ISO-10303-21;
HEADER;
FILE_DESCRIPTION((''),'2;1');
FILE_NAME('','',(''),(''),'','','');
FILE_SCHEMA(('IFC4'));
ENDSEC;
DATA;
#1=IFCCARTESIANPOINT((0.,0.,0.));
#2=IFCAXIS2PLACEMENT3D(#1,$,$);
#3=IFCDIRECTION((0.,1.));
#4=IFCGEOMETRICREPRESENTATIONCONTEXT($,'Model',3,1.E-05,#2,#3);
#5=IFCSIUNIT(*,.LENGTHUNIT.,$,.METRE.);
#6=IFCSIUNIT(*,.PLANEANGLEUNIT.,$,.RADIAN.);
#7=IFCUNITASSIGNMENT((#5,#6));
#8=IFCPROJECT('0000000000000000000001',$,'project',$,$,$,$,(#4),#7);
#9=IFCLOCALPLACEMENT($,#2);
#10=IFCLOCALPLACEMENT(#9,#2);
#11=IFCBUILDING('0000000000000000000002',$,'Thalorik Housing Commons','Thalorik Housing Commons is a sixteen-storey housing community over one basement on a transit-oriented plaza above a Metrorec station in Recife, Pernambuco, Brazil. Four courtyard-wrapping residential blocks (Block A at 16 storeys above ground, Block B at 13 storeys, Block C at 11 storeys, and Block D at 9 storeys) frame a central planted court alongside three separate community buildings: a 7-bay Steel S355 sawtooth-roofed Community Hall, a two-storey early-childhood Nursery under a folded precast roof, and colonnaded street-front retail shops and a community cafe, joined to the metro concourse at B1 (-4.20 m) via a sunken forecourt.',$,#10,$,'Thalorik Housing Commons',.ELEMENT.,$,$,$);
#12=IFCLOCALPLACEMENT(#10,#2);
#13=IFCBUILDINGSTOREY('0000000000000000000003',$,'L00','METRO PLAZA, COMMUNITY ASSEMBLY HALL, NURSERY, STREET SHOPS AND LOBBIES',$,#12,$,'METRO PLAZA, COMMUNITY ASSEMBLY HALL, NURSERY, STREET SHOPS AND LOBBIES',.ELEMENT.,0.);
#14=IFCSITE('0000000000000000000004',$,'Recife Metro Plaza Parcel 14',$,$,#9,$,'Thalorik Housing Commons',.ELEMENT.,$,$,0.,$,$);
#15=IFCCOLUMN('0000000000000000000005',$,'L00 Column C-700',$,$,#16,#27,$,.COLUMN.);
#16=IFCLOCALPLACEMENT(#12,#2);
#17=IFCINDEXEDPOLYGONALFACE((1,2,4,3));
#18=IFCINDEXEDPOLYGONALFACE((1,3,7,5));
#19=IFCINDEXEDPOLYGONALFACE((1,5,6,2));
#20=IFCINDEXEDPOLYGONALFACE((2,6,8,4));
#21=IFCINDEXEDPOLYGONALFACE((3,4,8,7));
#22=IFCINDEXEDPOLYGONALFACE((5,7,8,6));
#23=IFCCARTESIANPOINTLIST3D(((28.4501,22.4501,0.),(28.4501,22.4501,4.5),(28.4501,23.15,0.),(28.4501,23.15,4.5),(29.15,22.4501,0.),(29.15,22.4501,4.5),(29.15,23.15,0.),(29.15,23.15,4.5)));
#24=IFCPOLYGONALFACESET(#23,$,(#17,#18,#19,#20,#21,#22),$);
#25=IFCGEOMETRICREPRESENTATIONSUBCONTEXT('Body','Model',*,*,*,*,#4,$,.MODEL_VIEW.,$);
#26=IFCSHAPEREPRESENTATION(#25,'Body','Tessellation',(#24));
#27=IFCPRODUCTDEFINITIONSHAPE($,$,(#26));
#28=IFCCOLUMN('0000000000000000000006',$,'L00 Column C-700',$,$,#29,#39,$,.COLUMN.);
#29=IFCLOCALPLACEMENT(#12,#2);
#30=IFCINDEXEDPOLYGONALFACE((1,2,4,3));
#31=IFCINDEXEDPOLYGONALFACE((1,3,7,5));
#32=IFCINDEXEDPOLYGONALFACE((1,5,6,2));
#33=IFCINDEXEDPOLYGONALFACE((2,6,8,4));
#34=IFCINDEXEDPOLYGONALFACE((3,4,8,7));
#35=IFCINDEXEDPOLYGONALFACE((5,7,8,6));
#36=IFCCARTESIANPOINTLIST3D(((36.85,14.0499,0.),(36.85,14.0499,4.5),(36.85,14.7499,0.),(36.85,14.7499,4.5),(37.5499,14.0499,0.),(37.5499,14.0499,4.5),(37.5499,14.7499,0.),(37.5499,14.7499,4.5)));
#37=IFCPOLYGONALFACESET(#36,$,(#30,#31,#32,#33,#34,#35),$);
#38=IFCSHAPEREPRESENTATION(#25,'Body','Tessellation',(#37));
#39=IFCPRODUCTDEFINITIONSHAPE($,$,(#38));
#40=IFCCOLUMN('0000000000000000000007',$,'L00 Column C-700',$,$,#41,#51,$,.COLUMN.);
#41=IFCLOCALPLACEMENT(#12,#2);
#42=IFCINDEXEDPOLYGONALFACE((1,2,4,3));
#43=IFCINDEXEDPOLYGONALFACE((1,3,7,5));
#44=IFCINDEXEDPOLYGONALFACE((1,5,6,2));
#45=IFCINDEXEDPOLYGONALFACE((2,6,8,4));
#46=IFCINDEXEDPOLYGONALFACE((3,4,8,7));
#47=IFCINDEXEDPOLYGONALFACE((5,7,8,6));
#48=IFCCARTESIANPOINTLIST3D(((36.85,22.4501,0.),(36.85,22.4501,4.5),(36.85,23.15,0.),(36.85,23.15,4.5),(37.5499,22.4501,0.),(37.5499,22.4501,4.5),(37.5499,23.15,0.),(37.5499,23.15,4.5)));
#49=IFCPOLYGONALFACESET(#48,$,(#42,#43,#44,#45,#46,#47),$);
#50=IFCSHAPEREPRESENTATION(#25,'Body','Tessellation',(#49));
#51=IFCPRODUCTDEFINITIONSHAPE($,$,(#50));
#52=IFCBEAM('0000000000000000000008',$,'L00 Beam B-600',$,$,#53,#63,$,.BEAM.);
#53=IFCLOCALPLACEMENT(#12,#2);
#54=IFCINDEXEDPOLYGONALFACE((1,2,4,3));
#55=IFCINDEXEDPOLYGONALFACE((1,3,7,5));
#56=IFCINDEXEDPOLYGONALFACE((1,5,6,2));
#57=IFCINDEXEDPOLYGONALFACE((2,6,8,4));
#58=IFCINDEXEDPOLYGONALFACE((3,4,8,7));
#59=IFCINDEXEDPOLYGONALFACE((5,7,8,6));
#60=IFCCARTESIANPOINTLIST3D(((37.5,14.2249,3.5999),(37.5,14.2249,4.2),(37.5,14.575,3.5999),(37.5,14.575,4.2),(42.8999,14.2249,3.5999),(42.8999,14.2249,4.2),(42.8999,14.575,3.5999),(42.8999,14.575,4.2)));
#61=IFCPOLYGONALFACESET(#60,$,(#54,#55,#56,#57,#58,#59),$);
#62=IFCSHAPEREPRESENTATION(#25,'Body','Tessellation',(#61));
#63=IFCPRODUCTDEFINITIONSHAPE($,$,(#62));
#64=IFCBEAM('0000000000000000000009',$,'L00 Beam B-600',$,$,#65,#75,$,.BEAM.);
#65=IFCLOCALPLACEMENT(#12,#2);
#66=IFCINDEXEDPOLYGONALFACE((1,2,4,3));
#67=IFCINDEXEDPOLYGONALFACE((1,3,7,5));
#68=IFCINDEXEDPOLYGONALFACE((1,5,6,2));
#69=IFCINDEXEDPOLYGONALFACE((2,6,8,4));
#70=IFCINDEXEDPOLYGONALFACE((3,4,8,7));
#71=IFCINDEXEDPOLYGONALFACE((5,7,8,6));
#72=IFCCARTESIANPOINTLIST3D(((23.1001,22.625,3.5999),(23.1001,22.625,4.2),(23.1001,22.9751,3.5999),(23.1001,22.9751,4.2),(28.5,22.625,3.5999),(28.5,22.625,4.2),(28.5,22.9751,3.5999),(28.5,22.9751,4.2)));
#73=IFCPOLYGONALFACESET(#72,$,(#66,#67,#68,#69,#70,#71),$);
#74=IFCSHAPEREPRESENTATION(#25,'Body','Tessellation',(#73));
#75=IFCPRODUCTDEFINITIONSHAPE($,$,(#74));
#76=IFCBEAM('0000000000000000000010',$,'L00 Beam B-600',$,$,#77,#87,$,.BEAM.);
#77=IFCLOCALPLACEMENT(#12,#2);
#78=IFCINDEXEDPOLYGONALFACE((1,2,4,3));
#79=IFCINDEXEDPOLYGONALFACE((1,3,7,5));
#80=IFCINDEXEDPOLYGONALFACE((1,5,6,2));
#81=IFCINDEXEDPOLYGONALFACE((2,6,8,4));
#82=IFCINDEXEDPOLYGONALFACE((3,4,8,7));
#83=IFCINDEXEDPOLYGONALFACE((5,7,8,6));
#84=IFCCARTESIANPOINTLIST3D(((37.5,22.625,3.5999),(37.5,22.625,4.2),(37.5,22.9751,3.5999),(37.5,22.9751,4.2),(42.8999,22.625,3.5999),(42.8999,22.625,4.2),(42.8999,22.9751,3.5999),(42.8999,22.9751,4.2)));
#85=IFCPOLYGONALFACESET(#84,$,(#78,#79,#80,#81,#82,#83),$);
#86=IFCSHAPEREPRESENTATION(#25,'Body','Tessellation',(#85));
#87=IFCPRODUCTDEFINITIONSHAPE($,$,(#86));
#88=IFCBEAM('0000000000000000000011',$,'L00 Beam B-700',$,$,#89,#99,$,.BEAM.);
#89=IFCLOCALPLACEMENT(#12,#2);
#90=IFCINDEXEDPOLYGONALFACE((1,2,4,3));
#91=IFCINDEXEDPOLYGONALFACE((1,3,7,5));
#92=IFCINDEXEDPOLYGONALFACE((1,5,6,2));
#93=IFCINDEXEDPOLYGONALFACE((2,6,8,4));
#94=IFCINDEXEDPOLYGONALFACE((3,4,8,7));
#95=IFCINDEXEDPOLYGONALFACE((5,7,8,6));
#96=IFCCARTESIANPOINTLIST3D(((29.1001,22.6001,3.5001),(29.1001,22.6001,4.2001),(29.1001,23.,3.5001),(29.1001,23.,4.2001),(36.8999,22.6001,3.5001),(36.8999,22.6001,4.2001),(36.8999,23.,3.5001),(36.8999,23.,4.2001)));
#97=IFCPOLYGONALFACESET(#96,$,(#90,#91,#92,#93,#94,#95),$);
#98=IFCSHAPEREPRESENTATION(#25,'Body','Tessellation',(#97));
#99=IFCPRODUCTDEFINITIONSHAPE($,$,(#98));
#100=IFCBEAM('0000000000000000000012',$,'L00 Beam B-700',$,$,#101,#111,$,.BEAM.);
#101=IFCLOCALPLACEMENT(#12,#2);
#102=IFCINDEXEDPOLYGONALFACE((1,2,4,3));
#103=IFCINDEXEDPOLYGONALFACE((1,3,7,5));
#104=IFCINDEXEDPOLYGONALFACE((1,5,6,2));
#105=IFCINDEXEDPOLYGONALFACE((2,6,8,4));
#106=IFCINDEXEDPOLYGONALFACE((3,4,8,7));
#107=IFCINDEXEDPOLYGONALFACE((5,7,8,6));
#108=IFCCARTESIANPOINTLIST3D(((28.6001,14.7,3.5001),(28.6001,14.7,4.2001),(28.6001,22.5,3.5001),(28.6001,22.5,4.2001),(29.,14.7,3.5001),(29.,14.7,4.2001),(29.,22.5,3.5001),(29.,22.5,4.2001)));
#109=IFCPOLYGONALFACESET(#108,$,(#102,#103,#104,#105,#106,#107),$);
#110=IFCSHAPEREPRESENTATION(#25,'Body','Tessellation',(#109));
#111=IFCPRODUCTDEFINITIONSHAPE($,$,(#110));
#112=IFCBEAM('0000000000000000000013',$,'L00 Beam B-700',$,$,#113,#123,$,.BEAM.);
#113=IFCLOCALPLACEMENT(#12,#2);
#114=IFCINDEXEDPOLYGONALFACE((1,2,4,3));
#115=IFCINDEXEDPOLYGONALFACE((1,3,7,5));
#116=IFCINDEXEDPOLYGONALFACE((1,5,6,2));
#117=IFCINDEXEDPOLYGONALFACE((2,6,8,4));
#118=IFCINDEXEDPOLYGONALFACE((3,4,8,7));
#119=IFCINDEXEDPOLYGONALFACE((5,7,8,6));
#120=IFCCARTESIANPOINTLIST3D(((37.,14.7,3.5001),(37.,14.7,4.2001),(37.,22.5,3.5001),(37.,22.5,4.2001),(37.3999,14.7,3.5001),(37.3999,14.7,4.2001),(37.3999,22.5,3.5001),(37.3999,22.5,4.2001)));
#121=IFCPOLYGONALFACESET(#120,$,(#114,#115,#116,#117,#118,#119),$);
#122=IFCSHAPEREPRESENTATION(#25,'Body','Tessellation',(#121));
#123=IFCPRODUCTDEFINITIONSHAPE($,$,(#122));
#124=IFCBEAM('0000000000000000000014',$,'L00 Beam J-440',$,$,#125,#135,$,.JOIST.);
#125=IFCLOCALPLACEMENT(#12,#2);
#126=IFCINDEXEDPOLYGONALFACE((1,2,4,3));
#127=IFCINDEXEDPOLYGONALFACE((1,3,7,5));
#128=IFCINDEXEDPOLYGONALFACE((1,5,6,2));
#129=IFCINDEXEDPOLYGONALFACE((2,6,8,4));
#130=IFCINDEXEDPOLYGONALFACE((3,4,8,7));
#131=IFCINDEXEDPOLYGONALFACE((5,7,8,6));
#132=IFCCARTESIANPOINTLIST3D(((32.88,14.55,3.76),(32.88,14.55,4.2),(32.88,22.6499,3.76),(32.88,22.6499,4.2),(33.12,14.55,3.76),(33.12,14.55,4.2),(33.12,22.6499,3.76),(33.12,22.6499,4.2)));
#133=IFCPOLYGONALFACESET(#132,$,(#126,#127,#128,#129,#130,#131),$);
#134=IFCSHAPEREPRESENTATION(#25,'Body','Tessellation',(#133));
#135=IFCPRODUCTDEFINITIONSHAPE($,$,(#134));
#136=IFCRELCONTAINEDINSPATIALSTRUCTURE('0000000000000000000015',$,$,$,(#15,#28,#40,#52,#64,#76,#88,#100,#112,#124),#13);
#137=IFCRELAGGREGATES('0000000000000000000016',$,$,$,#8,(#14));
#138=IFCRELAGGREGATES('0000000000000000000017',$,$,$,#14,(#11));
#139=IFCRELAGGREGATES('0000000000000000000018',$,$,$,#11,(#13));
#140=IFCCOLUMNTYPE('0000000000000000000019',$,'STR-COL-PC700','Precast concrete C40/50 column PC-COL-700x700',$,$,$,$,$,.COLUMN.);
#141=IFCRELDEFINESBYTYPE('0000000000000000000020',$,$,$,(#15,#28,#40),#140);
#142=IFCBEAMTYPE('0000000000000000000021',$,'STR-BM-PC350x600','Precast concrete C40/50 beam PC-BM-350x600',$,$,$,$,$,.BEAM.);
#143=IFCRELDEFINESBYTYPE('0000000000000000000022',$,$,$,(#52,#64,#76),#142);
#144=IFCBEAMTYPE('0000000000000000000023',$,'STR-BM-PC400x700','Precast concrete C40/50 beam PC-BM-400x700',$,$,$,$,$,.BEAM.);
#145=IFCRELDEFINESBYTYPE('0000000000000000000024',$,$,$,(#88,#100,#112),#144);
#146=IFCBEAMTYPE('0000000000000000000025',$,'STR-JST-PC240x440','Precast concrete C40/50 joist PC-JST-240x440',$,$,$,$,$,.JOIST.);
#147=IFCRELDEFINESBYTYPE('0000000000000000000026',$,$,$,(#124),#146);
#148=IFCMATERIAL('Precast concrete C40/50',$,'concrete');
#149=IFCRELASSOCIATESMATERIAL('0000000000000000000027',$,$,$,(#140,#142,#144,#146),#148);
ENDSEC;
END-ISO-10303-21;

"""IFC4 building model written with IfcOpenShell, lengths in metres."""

from ifc_helpers import new_model, si_unit, direction, frame, origin, origin_2d, place, context, subcontext, project, spatial, rectangle, extrude, material, material_profile, profile_set, type_object, element, save


model = new_model("IFC4")

# Units and contexts
model_context = context("Model", 3, precision=1e-05, world=origin(), true_north=direction((0.0, 1.0)))
body_context = subcontext(model_context, "Body", "Model", "MODEL_VIEW")
ifc_project = project(units=[si_unit("LENGTHUNIT", "METRE"), si_unit("PLANEANGLEUNIT", "RADIAN")], contexts=[model_context])

# Site, building, storey
site_placement = place(None, origin())
site = spatial("IfcSite", under=ifc_project, at=site_placement, Name="Recife Metro Plaza Parcel 14", LongName="Thalorik Housing Commons", CompositionType="ELEMENT", RefElevation=0.0)
building_placement = place(site_placement, origin())
building = spatial("IfcBuilding", under=site, at=building_placement, Name="Thalorik Housing Commons", Description="Thalorik Housing Commons is a sixteen-storey housing community over one basement on a transit-oriented plaza above a Metrorec station in Recife, Pernambuco, Brazil. Four courtyard-wrapping residential blocks (Block A at 16 storeys above ground, Block B at 13 storeys, Block C at 11 storeys, and Block D at 9 storeys) frame a central planted court alongside three separate community buildings: a 7-bay Steel S355 sawtooth-roofed Community Hall, a two-storey early-childhood Nursery under a folded precast roof, and colonnaded street-front retail shops and a community cafe, joined to the metro concourse at B1 (-4.20 m) via a sunken forecourt.", LongName="Thalorik Housing Commons", CompositionType="ELEMENT")
storey_placement = place(building_placement, origin())
storey = spatial("IfcBuildingStorey", under=building, at=storey_placement, Name="L00", Description="METRO PLAZA, COMMUNITY ASSEMBLY HALL, NURSERY, STREET SHOPS AND LOBBIES", LongName="METRO PLAZA, COMMUNITY ASSEMBLY HALL, NURSERY, STREET SHOPS AND LOBBIES", CompositionType="ELEMENT", Elevation=0.0)

# Columns
ifc_material_1 = material(Name="Precast concrete C40/50", Category="concrete")
ifc_material_profile_1 = material_profile(ifc_material_1, rectangle(XDim=0.7, YDim=0.7, at=origin_2d()), Name="PC 700x700", Category="concrete")
ifc_profile_set_1 = profile_set([ifc_material_profile_1], Name="Precast concrete C40/50")
column_type = type_object("IfcColumnType", Name="STR-COL-PC700", Description="Precast concrete C40/50 column PC-COL-700x700", PredefinedType="COLUMN", material=ifc_profile_set_1)
for number, where, z_axis, x_axis, name in (
    (1, (28.8, 22.8, 0.0), (0.0, 0.0, 1.0), (1.0, 0.0, 0.0), "L00 Column C-700"),
    (2, (37.2, 14.3999, 0.0), (0.0, 0.0, 1.0), (1.0, 0.0, 0.0), "L00 Column C-700"),
    (3, (37.2, 22.8, 0.0), (0.0, 0.0, 1.0), (1.0, 0.0, 0.0), "L00 Column C-700"),
):
    element("IfcColumn", number, at=place(storey_placement, frame(where, z_axis=z_axis, x_axis=x_axis)), inside=storey, type_object=column_type, Name=name, PredefinedType="COLUMN", context=body_context, shape_type="SweptSolid", body=[
        extrude(rectangle(XDim=0.7, YDim=0.7, at=origin_2d()), origin(), (0.0, 0.0, 1.0), 4.5),
    ])

# Beams
ifc_material_profile_2 = material_profile(ifc_material_1, rectangle(XDim=0.3501, YDim=0.6001, at=origin_2d()), Name="PC 350x600", Category="concrete")
ifc_profile_set_2 = profile_set([ifc_material_profile_2], Name="Precast concrete C40/50")
beam_type_1 = type_object("IfcBeamType", Name="STR-BM-PC350x600", Description="Precast concrete C40/50 beam PC-BM-350x600", PredefinedType="BEAM", material=ifc_profile_set_2)
for number, where, z_axis, x_axis, name in (
    (4, (37.5, 14.3999, 3.8999), (1.0, 0.0, 0.0), (0.0, 1.0, 0.0), "L00 Beam B-600"),
    (5, (23.1001, 22.8, 3.8999), (1.0, 0.0, 0.0), (0.0, 1.0, 0.0), "L00 Beam B-600"),
    (6, (37.5, 22.8, 3.8999), (1.0, 0.0, 0.0), (0.0, 1.0, 0.0), "L00 Beam B-600"),
):
    element("IfcBeam", number, at=place(storey_placement, frame(where, z_axis=z_axis, x_axis=x_axis)), inside=storey, type_object=beam_type_1, Name=name, PredefinedType="BEAM", context=body_context, shape_type="SweptSolid", body=[
        extrude(rectangle(XDim=0.3501, YDim=0.6001, at=origin_2d()), origin(), (0.0, 0.0, 1.0), 5.3999),
    ])
ifc_material_profile_3 = material_profile(ifc_material_1, rectangle(XDim=0.3999, YDim=0.7, at=origin_2d()), Name="PC 400x700", Category="concrete")
ifc_profile_set_3 = profile_set([ifc_material_profile_3], Name="Precast concrete C40/50")
beam_type_2 = type_object("IfcBeamType", Name="STR-BM-PC400x700", Description="Precast concrete C40/50 beam PC-BM-400x700", PredefinedType="BEAM", material=ifc_profile_set_3)
beam_1_placement = place(storey_placement, frame((29.1001, 22.8, 3.8501), z_axis=(1.0, 0.0, 0.0), x_axis=(0.0, 1.0, 0.0)))
element("IfcBeam", 7, at=beam_1_placement, inside=storey, type_object=beam_type_2, Name="L00 Beam B-700", PredefinedType="BEAM", context=body_context, shape_type="SweptSolid", body=[
    extrude(rectangle(XDim=0.3999, YDim=0.7, at=origin_2d()), origin(), (0.0, 0.0, 1.0), 7.7998),
])
for number, where, z_axis, x_axis, name in (
    (8, (28.8, 14.7, 3.8501), (0.0, 1.0, 0.0), (-1.0, 0.0, 0.0), "L00 Beam B-700"),
    (9, (37.2, 14.7, 3.8501), (0.0, 1.0, 0.0), (-1.0, 0.0, 0.0), "L00 Beam B-700"),
):
    element("IfcBeam", number, at=place(storey_placement, frame(where, z_axis=z_axis, x_axis=x_axis)), inside=storey, type_object=beam_type_2, Name=name, PredefinedType="BEAM", context=body_context, shape_type="SweptSolid", body=[
        extrude(rectangle(XDim=0.3999, YDim=0.7, at=origin_2d()), origin(), (0.0, 0.0, 1.0), 7.8),
    ])
ifc_material_profile_4 = material_profile(ifc_material_1, rectangle(XDim=0.24, YDim=0.4399, at=origin_2d()), Name="PC JST 240x440", Category="concrete")
ifc_profile_set_4 = profile_set([ifc_material_profile_4], Name="Precast concrete C40/50")
beam_type_3 = type_object("IfcBeamType", Name="STR-JST-PC240x440", Description="Precast concrete C40/50 joist PC-JST-240x440", PredefinedType="JOIST", material=ifc_profile_set_4)
beam_2_placement = place(storey_placement, frame((33.0, 14.55, 3.98), z_axis=(0.0, 1.0, 0.0), x_axis=(-1.0, 0.0, 0.0)))
element("IfcBeam", 10, at=beam_2_placement, inside=storey, type_object=beam_type_3, Name="L00 Beam J-440", PredefinedType="JOIST", context=body_context, shape_type="SweptSolid", body=[
    extrude(rectangle(XDim=0.24, YDim=0.4399, at=origin_2d()), origin(), (0.0, 0.0, 1.0), 8.0999),
])

save(model, "model.ifc")
